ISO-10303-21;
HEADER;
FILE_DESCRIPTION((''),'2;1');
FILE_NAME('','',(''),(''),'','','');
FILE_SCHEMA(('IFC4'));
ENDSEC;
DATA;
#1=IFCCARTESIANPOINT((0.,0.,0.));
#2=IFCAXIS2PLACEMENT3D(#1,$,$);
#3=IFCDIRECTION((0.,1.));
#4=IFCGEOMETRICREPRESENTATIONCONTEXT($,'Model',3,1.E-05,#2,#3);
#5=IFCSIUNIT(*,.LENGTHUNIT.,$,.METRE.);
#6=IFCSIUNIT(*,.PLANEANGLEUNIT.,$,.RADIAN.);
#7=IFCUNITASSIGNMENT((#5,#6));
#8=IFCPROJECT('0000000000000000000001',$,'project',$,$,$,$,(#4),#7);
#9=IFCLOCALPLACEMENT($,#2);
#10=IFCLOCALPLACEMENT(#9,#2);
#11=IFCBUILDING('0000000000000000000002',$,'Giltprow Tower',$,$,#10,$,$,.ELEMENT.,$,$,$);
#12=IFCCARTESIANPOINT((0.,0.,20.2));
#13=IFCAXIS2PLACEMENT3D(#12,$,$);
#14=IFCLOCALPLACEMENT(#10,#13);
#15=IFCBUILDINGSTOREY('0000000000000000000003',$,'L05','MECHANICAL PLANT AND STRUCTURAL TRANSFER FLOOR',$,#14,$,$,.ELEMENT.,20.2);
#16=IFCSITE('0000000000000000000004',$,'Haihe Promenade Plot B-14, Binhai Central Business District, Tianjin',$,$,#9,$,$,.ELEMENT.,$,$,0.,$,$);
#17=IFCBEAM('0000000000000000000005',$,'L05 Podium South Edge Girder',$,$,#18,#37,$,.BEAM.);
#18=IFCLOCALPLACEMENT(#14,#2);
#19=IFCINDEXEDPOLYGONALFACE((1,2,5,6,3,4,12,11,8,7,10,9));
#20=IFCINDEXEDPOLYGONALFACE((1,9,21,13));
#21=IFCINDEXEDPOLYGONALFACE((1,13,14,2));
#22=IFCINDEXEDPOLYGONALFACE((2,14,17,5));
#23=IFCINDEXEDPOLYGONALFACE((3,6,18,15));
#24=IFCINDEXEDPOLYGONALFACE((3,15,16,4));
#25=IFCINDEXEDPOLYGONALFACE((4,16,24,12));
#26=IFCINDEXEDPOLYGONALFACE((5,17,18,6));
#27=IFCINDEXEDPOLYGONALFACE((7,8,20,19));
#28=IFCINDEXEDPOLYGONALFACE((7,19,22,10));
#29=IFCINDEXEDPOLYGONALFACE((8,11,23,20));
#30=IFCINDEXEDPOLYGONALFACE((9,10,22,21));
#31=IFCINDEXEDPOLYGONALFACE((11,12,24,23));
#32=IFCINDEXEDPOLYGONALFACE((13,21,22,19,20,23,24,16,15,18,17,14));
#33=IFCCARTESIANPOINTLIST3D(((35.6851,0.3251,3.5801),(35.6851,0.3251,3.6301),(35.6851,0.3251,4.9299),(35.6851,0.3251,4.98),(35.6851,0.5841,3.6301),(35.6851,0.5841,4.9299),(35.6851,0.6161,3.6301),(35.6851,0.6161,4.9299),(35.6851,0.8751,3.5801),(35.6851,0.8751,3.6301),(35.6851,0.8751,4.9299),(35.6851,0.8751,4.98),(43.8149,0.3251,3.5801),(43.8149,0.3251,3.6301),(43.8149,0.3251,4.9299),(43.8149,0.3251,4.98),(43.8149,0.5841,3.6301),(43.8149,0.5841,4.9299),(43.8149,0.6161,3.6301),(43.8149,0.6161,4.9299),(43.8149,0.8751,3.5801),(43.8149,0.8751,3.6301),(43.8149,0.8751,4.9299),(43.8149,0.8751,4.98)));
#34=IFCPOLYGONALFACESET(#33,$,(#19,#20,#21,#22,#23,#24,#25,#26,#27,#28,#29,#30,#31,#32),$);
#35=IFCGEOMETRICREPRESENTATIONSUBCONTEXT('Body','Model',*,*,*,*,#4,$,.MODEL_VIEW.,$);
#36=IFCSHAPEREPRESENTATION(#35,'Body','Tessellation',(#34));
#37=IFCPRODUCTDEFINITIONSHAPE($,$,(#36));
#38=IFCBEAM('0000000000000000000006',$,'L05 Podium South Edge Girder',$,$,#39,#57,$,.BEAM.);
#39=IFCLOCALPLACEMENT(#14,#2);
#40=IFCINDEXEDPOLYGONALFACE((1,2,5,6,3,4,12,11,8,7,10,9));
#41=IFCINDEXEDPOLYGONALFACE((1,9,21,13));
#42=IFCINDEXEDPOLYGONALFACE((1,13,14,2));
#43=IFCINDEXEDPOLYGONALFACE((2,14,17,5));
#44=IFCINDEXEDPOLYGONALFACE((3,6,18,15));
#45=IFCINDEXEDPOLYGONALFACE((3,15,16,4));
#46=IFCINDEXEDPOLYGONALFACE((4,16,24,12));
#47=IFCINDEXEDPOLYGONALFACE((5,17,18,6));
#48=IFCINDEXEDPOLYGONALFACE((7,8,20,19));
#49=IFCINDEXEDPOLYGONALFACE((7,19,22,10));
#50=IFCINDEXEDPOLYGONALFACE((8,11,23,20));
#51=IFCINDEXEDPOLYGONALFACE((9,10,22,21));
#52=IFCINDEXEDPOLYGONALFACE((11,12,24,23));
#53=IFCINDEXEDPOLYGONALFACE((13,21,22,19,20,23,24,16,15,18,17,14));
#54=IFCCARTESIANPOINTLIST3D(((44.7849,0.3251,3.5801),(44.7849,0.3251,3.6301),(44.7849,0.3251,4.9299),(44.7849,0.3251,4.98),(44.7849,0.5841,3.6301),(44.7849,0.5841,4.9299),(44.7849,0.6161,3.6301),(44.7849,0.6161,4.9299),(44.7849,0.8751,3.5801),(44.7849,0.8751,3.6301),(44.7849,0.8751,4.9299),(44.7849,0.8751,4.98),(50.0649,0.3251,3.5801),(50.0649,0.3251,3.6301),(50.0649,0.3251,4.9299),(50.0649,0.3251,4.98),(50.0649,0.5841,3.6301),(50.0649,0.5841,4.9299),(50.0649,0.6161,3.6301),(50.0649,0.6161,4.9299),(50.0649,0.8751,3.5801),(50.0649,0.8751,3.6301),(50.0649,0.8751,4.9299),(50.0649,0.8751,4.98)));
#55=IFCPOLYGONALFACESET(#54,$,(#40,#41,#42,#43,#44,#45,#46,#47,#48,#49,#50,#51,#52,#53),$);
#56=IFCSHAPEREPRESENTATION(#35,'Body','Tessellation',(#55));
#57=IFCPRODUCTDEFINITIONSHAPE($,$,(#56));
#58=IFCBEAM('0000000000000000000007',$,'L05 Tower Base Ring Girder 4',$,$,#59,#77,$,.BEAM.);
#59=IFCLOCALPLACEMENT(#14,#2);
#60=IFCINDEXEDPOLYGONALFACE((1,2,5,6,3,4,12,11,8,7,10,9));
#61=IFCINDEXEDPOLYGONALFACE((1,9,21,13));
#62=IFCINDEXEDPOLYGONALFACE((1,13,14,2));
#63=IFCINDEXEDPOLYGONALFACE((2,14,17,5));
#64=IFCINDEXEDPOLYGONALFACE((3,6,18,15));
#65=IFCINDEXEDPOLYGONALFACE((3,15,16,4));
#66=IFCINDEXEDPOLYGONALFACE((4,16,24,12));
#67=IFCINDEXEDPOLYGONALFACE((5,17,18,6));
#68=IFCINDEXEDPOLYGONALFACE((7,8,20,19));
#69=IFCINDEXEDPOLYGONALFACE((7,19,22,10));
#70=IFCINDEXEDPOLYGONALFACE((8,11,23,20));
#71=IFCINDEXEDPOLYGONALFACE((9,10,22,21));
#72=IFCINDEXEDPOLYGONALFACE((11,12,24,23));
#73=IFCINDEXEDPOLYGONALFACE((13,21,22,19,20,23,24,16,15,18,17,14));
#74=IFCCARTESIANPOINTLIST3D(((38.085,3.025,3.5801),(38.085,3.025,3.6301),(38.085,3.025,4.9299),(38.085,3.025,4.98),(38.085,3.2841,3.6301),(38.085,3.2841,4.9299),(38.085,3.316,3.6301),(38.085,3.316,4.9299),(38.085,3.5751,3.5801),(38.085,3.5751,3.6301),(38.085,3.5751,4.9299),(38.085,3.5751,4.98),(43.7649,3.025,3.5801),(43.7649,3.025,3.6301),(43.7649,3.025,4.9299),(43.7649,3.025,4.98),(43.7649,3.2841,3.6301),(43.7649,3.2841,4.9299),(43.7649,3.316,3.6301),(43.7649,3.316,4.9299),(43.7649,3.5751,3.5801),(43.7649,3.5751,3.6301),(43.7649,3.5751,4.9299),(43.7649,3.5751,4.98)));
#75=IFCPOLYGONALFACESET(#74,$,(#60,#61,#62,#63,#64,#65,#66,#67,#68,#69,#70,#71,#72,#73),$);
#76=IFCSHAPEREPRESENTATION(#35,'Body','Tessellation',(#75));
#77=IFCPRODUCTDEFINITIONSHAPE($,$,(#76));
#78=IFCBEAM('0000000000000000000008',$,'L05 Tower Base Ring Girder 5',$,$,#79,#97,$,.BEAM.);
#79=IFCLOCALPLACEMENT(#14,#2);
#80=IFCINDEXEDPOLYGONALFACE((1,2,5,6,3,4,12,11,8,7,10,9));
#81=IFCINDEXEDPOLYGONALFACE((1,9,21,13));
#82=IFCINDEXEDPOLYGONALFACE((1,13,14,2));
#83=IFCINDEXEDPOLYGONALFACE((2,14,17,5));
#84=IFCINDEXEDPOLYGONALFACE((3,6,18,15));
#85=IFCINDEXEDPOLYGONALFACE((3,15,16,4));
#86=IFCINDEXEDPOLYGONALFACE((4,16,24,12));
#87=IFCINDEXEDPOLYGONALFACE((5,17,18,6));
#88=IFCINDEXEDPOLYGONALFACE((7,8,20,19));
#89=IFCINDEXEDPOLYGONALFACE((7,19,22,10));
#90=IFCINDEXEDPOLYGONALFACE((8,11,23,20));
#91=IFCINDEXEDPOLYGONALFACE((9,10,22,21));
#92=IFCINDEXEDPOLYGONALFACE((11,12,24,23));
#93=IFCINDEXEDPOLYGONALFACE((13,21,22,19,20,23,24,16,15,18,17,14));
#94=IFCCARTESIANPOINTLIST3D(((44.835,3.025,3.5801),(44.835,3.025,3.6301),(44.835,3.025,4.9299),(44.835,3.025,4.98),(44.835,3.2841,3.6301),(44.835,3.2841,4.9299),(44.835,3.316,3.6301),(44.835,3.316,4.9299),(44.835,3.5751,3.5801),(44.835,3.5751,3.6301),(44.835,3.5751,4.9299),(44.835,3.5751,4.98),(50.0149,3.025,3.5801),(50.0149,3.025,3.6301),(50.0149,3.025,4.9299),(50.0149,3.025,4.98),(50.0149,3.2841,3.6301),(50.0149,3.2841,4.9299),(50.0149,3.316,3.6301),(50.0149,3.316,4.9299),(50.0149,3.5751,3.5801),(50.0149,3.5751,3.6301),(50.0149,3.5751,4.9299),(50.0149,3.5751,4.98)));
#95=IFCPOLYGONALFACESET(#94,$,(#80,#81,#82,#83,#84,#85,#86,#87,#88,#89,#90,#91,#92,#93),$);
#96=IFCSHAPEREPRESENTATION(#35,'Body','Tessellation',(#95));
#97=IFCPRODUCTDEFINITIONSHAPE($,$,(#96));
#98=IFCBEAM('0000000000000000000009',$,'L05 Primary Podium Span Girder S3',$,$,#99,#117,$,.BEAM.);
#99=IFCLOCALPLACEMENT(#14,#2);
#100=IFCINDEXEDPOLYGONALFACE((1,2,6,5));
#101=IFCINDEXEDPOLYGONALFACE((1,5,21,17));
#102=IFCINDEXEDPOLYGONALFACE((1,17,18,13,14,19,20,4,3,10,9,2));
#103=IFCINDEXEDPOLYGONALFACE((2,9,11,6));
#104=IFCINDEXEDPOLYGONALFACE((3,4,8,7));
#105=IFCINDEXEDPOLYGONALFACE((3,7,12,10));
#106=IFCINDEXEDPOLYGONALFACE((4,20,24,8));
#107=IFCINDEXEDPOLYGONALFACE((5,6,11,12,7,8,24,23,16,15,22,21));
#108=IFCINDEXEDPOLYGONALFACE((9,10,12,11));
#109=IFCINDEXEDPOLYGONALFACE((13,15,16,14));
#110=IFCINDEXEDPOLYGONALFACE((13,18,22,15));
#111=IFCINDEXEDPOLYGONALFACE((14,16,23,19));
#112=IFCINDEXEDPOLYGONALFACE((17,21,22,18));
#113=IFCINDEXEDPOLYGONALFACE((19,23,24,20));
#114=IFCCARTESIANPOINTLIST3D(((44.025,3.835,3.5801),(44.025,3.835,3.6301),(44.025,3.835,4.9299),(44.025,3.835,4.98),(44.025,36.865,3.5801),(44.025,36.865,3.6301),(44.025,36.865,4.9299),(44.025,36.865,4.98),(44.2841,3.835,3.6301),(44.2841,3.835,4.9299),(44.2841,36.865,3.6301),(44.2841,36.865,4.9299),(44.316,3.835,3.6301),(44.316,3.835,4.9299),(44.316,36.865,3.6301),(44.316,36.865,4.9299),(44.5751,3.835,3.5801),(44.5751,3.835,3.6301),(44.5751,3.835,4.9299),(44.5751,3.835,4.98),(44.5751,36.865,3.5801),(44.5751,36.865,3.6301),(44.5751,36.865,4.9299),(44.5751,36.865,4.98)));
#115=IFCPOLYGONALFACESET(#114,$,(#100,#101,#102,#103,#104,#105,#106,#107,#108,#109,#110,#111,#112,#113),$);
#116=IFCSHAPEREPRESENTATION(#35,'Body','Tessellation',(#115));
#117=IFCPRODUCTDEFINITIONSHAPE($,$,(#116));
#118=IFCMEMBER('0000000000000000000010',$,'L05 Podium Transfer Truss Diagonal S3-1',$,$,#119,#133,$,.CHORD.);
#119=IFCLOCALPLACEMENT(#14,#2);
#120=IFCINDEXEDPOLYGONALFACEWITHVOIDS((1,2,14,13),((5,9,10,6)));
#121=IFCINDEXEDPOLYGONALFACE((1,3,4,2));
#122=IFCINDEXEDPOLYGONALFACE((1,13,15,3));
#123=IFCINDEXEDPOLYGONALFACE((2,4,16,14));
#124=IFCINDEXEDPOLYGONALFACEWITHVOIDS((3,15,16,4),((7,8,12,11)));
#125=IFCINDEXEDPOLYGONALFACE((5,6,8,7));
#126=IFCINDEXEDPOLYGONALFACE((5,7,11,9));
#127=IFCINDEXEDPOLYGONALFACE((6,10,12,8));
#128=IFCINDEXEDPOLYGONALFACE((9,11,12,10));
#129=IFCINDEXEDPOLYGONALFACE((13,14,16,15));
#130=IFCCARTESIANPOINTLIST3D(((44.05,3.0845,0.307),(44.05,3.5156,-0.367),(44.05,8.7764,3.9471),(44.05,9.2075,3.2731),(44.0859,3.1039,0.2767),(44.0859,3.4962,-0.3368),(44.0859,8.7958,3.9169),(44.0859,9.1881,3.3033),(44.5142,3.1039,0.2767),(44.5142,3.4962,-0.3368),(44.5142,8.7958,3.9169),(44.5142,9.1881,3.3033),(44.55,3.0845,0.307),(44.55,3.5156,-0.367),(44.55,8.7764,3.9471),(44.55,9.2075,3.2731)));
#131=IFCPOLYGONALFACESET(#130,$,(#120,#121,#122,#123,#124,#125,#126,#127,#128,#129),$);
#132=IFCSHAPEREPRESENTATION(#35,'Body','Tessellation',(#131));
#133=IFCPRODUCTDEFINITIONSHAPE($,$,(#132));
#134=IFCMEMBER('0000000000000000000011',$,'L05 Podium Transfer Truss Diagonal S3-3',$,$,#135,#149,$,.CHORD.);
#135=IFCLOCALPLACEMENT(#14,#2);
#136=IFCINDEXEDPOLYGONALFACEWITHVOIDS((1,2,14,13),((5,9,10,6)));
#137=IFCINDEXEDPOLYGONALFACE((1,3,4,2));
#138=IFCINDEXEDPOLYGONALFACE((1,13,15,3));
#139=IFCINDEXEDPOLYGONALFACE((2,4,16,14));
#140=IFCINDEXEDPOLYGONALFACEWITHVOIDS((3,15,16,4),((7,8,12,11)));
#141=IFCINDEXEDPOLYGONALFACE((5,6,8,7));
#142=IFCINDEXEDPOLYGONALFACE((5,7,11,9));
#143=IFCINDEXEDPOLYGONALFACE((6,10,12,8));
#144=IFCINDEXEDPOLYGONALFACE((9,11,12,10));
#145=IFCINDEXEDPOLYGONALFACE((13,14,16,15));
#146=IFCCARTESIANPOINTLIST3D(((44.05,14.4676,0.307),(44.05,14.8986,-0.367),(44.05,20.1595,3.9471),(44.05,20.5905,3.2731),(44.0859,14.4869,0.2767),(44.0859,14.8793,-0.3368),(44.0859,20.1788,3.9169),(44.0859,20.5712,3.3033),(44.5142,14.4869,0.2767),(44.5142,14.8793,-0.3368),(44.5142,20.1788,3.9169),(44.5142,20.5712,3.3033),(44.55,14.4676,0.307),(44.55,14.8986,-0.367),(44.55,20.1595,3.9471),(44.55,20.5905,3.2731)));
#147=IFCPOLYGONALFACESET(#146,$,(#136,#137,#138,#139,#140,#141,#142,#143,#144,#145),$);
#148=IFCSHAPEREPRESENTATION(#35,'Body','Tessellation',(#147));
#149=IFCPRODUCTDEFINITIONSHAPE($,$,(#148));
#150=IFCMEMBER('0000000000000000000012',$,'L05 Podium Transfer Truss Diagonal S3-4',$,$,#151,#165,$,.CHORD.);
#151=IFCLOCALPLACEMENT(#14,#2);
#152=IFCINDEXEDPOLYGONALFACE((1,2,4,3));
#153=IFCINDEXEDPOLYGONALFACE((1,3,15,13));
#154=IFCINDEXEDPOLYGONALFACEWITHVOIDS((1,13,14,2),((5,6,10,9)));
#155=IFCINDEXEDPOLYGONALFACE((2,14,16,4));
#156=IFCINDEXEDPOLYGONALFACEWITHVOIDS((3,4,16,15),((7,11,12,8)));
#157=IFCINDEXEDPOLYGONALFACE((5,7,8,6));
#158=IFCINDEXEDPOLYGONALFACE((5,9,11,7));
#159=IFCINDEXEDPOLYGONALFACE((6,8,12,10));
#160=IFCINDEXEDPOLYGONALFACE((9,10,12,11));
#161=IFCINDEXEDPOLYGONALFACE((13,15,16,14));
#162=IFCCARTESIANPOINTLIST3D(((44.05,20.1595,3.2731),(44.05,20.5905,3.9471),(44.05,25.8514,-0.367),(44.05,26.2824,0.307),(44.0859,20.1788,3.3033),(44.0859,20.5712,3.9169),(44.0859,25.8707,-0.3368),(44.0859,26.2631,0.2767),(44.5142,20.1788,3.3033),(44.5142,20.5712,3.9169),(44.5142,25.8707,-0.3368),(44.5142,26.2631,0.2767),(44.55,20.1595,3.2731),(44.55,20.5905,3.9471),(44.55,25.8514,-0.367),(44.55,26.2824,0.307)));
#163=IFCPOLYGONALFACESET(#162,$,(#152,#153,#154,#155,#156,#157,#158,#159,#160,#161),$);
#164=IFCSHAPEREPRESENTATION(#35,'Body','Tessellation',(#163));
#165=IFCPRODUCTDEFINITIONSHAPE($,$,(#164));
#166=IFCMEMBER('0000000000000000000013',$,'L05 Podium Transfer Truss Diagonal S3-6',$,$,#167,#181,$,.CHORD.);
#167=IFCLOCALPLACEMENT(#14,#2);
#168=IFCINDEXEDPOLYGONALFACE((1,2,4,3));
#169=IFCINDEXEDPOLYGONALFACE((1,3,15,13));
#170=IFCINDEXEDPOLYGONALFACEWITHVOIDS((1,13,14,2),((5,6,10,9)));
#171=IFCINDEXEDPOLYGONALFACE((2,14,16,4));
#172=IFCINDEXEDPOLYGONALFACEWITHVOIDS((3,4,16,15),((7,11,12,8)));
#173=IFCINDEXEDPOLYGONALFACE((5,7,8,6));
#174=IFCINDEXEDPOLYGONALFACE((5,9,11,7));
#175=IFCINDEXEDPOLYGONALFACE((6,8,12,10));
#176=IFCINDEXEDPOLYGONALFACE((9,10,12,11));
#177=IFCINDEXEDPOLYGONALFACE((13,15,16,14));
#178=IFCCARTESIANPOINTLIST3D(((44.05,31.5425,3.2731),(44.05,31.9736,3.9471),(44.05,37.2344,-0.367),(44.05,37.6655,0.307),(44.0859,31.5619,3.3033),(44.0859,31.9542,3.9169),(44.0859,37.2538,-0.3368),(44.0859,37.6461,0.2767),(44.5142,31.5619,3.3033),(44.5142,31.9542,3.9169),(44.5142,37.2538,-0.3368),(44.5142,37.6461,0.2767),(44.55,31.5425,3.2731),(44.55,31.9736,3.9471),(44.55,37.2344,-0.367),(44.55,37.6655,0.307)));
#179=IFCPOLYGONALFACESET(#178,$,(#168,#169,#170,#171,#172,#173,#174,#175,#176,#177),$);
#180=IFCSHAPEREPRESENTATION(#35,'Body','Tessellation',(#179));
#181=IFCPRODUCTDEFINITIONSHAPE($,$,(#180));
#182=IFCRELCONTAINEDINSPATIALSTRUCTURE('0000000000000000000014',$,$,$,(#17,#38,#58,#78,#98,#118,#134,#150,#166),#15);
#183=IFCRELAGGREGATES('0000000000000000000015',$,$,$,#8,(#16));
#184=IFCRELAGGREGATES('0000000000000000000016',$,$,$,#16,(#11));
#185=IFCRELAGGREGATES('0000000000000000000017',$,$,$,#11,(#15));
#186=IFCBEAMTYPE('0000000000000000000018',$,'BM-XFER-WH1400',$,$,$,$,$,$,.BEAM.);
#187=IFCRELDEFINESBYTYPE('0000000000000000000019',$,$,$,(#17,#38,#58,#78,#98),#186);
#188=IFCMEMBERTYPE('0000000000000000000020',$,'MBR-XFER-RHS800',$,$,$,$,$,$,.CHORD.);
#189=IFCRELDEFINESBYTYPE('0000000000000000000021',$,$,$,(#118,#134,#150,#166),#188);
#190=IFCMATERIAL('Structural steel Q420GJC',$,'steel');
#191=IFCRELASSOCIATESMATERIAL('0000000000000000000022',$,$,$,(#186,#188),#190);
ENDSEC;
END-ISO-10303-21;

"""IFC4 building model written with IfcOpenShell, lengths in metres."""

from ifc_helpers import new_model, si_unit, direction, frame, origin, origin_2d, place, context, subcontext, project, spatial, hollow_rectangle, i_section, extrude, source, transform, mapped, material, material_profile, profile_set, type_object, element, save


model = new_model("IFC4")

# Units and contexts
model_context = context("Model", 3, precision=1e-05, world=origin(), true_north=direction((0.0, 1.0)))
body_context = subcontext(model_context, "Body", "Model", "MODEL_VIEW")
ifc_project = project(units=[si_unit("LENGTHUNIT", "METRE"), si_unit("PLANEANGLEUNIT", "RADIAN")], contexts=[model_context])

# Site, building, storey
site_placement = place(None, origin())
site = spatial("IfcSite", under=ifc_project, at=site_placement, Name="Haihe Promenade Plot B-14, Binhai Central Business District, Tianjin", CompositionType="ELEMENT", RefElevation=0.0)
building_placement = place(site_placement, origin())
building = spatial("IfcBuilding", under=site, at=building_placement, Name="Giltprow Tower", CompositionType="ELEMENT")
storey_placement = place(building_placement, frame((0.0, 0.0, 20.2)))
storey = spatial("IfcBuildingStorey", under=building, at=storey_placement, Name="L05", Description="MECHANICAL PLANT AND STRUCTURAL TRANSFER FLOOR", CompositionType="ELEMENT", Elevation=20.2)

# Shared definitions
ifc_material_1 = material(Name="Structural steel Q420GJC", Category="steel")

# Beams
ifc_material_profile_1 = material_profile(ifc_material_1, i_section(OverallWidth=0.55, OverallDepth=1.3999, WebThickness=0.032, FlangeThickness=0.05, at=origin_2d()), Name="WH 1400x550x32x50")
ifc_profile_set_1 = profile_set([ifc_material_profile_1], Name="Structural steel Q420GJC")
beam_type_1 = type_object("IfcBeamType", Name="BM-XFER-WH1400", PredefinedType="BEAM", material=ifc_profile_set_1)
shared_shape_1 = source(origin(), body_context, "Body", "SweptSolid", [
    extrude(i_section(OverallWidth=0.55, OverallDepth=1.3999, WebThickness=0.032, FlangeThickness=0.05, at=origin_2d()), origin(), (0.0, 0.0, 1.0), 8.1299),
])
beam_1_placement = place(storey_placement, frame((35.6851, 0.6001, 4.28), z_axis=(1.0, 0.0, 0.0), x_axis=(0.0, 1.0, 0.0)))
element("IfcBeam", 1, at=beam_1_placement, inside=storey, type_object=beam_type_1, Name="L05 Podium South Edge Girder", PredefinedType="BEAM", context=body_context, shape_type="MappedRepresentation", body=[
    mapped(shared_shape_1, transform((0.0, 0.0, 0.0), x_axis=(1.0, 0.0, 0.0), y_axis=(0.0, 1.0, 0.0), z_axis=(0.0, 0.0, 1.0), scale=1.0)),
])
shared_shape_2 = source(origin(), body_context, "Body", "SweptSolid", [
    extrude(i_section(OverallWidth=0.55, OverallDepth=1.3999, WebThickness=0.032, FlangeThickness=0.05, at=origin_2d()), origin(), (0.0, 0.0, 1.0), 5.28),
])
beam_2_placement = place(storey_placement, frame((44.7849, 0.6001, 4.28), z_axis=(1.0, 0.0, 0.0), x_axis=(0.0, 1.0, 0.0)))
element("IfcBeam", 2, at=beam_2_placement, inside=storey, type_object=beam_type_1, Name="L05 Podium South Edge Girder", PredefinedType="BEAM", context=body_context, shape_type="MappedRepresentation", body=[
    mapped(shared_shape_2, transform((0.0, 0.0, 0.0), x_axis=(1.0, 0.0, 0.0), y_axis=(0.0, 1.0, 0.0), z_axis=(0.0, 0.0, 1.0), scale=1.0)),
])
shared_shape_3 = source(origin(), body_context, "Body", "SweptSolid", [
    extrude(i_section(OverallWidth=0.55, OverallDepth=1.3999, WebThickness=0.032, FlangeThickness=0.05, at=origin_2d()), origin(), (0.0, 0.0, 1.0), 5.6799),
])
beam_3_placement = place(storey_placement, frame((38.085, 3.3, 4.28), z_axis=(1.0, 0.0, 0.0), x_axis=(0.0, 1.0, 0.0)))
element("IfcBeam", 3, at=beam_3_placement, inside=storey, type_object=beam_type_1, Name="L05 Tower Base Ring Girder 4", PredefinedType="BEAM", context=body_context, shape_type="MappedRepresentation", body=[
    mapped(shared_shape_3, transform((0.0, 0.0, 0.0), x_axis=(1.0, 0.0, 0.0), y_axis=(0.0, 1.0, 0.0), z_axis=(0.0, 0.0, 1.0), scale=1.0)),
])
shared_shape_4 = source(origin(), body_context, "Body", "SweptSolid", [
    extrude(i_section(OverallWidth=0.55, OverallDepth=1.3999, WebThickness=0.032, FlangeThickness=0.05, at=origin_2d()), origin(), (0.0, 0.0, 1.0), 5.1799),
])
beam_4_placement = place(storey_placement, frame((44.835, 3.3, 4.28), z_axis=(1.0, 0.0, 0.0), x_axis=(0.0, 1.0, 0.0)))
element("IfcBeam", 4, at=beam_4_placement, inside=storey, type_object=beam_type_1, Name="L05 Tower Base Ring Girder 5", PredefinedType="BEAM", context=body_context, shape_type="MappedRepresentation", body=[
    mapped(shared_shape_4, transform((0.0, 0.0, 0.0), x_axis=(1.0, 0.0, 0.0), y_axis=(0.0, 1.0, 0.0), z_axis=(0.0, 0.0, 1.0), scale=1.0)),
])
shared_shape_5 = source(origin(), body_context, "Body", "SweptSolid", [
    extrude(i_section(OverallWidth=0.55, OverallDepth=1.3999, WebThickness=0.032, FlangeThickness=0.05, at=origin_2d()), origin(), (0.0, 0.0, 1.0), 33.03),
])
beam_5_placement = place(storey_placement, frame((44.3, 3.835, 4.28), z_axis=(0.0, 1.0, 0.0), x_axis=(-1.0, 0.0, 0.0)))
element("IfcBeam", 5, at=beam_5_placement, inside=storey, type_object=beam_type_1, Name="L05 Primary Podium Span Girder S3", PredefinedType="BEAM", context=body_context, shape_type="MappedRepresentation", body=[
    mapped(shared_shape_5, transform((0.0, 0.0, 0.0), x_axis=(1.0, 0.0, 0.0), y_axis=(0.0, 1.0, 0.0), z_axis=(0.0, 0.0, 1.0), scale=1.0)),
])

# Members
ifc_material_profile_2 = material_profile(ifc_material_1, hollow_rectangle(XDim=0.5, YDim=0.8, WallThickness=0.0359, at=origin_2d()), Name="RHS 800x500x36")
ifc_profile_set_2 = profile_set([ifc_material_profile_2], Name="Structural steel Q420GJC")
member_type = type_object("IfcMemberType", Name="MBR-XFER-RHS800", PredefinedType="CHORD", material=ifc_profile_set_2)
shared_shape_6 = source(origin(), body_context, "Body", "SweptSolid", [
    extrude(hollow_rectangle(XDim=0.5, YDim=0.8, WallThickness=0.0359, at=origin_2d()), origin(), (0.0, 0.0, 1.0), 6.7563),
])
for number, where, z_axis, x_axis, name in (
    (6, (44.3, 3.3, -0.03), (0.0, 0.842451, 0.538773), (-1.0, 0.0, 0.0), "L05 Podium Transfer Truss Diagonal S3-1"),
    (7, (44.3, 14.6831, -0.03), (0.0, 0.842451, 0.538773), (-1.0, 0.0, 0.0), "L05 Podium Transfer Truss Diagonal S3-3"),
    (8, (44.3, 20.375, 3.6101), (0.0, 0.842451, -0.538773), (-1.0, 0.0, 0.0), "L05 Podium Transfer Truss Diagonal S3-4"),
    (9, (44.3, 31.7581, 3.6101), (0.0, 0.842451, -0.538773), (-1.0, 0.0, 0.0), "L05 Podium Transfer Truss Diagonal S3-6"),
):
    element("IfcMember", number, at=place(storey_placement, frame(where, z_axis=z_axis, x_axis=x_axis)), inside=storey, type_object=member_type, Name=name, PredefinedType="CHORD", context=body_context, shape_type="MappedRepresentation", body=[
        mapped(shared_shape_6, transform((0.0, 0.0, 0.0), x_axis=(1.0, 0.0, 0.0), y_axis=(0.0, 1.0, 0.0), z_axis=(0.0, 0.0, 1.0), scale=1.0)),
    ])

save(model, "model.ifc")
